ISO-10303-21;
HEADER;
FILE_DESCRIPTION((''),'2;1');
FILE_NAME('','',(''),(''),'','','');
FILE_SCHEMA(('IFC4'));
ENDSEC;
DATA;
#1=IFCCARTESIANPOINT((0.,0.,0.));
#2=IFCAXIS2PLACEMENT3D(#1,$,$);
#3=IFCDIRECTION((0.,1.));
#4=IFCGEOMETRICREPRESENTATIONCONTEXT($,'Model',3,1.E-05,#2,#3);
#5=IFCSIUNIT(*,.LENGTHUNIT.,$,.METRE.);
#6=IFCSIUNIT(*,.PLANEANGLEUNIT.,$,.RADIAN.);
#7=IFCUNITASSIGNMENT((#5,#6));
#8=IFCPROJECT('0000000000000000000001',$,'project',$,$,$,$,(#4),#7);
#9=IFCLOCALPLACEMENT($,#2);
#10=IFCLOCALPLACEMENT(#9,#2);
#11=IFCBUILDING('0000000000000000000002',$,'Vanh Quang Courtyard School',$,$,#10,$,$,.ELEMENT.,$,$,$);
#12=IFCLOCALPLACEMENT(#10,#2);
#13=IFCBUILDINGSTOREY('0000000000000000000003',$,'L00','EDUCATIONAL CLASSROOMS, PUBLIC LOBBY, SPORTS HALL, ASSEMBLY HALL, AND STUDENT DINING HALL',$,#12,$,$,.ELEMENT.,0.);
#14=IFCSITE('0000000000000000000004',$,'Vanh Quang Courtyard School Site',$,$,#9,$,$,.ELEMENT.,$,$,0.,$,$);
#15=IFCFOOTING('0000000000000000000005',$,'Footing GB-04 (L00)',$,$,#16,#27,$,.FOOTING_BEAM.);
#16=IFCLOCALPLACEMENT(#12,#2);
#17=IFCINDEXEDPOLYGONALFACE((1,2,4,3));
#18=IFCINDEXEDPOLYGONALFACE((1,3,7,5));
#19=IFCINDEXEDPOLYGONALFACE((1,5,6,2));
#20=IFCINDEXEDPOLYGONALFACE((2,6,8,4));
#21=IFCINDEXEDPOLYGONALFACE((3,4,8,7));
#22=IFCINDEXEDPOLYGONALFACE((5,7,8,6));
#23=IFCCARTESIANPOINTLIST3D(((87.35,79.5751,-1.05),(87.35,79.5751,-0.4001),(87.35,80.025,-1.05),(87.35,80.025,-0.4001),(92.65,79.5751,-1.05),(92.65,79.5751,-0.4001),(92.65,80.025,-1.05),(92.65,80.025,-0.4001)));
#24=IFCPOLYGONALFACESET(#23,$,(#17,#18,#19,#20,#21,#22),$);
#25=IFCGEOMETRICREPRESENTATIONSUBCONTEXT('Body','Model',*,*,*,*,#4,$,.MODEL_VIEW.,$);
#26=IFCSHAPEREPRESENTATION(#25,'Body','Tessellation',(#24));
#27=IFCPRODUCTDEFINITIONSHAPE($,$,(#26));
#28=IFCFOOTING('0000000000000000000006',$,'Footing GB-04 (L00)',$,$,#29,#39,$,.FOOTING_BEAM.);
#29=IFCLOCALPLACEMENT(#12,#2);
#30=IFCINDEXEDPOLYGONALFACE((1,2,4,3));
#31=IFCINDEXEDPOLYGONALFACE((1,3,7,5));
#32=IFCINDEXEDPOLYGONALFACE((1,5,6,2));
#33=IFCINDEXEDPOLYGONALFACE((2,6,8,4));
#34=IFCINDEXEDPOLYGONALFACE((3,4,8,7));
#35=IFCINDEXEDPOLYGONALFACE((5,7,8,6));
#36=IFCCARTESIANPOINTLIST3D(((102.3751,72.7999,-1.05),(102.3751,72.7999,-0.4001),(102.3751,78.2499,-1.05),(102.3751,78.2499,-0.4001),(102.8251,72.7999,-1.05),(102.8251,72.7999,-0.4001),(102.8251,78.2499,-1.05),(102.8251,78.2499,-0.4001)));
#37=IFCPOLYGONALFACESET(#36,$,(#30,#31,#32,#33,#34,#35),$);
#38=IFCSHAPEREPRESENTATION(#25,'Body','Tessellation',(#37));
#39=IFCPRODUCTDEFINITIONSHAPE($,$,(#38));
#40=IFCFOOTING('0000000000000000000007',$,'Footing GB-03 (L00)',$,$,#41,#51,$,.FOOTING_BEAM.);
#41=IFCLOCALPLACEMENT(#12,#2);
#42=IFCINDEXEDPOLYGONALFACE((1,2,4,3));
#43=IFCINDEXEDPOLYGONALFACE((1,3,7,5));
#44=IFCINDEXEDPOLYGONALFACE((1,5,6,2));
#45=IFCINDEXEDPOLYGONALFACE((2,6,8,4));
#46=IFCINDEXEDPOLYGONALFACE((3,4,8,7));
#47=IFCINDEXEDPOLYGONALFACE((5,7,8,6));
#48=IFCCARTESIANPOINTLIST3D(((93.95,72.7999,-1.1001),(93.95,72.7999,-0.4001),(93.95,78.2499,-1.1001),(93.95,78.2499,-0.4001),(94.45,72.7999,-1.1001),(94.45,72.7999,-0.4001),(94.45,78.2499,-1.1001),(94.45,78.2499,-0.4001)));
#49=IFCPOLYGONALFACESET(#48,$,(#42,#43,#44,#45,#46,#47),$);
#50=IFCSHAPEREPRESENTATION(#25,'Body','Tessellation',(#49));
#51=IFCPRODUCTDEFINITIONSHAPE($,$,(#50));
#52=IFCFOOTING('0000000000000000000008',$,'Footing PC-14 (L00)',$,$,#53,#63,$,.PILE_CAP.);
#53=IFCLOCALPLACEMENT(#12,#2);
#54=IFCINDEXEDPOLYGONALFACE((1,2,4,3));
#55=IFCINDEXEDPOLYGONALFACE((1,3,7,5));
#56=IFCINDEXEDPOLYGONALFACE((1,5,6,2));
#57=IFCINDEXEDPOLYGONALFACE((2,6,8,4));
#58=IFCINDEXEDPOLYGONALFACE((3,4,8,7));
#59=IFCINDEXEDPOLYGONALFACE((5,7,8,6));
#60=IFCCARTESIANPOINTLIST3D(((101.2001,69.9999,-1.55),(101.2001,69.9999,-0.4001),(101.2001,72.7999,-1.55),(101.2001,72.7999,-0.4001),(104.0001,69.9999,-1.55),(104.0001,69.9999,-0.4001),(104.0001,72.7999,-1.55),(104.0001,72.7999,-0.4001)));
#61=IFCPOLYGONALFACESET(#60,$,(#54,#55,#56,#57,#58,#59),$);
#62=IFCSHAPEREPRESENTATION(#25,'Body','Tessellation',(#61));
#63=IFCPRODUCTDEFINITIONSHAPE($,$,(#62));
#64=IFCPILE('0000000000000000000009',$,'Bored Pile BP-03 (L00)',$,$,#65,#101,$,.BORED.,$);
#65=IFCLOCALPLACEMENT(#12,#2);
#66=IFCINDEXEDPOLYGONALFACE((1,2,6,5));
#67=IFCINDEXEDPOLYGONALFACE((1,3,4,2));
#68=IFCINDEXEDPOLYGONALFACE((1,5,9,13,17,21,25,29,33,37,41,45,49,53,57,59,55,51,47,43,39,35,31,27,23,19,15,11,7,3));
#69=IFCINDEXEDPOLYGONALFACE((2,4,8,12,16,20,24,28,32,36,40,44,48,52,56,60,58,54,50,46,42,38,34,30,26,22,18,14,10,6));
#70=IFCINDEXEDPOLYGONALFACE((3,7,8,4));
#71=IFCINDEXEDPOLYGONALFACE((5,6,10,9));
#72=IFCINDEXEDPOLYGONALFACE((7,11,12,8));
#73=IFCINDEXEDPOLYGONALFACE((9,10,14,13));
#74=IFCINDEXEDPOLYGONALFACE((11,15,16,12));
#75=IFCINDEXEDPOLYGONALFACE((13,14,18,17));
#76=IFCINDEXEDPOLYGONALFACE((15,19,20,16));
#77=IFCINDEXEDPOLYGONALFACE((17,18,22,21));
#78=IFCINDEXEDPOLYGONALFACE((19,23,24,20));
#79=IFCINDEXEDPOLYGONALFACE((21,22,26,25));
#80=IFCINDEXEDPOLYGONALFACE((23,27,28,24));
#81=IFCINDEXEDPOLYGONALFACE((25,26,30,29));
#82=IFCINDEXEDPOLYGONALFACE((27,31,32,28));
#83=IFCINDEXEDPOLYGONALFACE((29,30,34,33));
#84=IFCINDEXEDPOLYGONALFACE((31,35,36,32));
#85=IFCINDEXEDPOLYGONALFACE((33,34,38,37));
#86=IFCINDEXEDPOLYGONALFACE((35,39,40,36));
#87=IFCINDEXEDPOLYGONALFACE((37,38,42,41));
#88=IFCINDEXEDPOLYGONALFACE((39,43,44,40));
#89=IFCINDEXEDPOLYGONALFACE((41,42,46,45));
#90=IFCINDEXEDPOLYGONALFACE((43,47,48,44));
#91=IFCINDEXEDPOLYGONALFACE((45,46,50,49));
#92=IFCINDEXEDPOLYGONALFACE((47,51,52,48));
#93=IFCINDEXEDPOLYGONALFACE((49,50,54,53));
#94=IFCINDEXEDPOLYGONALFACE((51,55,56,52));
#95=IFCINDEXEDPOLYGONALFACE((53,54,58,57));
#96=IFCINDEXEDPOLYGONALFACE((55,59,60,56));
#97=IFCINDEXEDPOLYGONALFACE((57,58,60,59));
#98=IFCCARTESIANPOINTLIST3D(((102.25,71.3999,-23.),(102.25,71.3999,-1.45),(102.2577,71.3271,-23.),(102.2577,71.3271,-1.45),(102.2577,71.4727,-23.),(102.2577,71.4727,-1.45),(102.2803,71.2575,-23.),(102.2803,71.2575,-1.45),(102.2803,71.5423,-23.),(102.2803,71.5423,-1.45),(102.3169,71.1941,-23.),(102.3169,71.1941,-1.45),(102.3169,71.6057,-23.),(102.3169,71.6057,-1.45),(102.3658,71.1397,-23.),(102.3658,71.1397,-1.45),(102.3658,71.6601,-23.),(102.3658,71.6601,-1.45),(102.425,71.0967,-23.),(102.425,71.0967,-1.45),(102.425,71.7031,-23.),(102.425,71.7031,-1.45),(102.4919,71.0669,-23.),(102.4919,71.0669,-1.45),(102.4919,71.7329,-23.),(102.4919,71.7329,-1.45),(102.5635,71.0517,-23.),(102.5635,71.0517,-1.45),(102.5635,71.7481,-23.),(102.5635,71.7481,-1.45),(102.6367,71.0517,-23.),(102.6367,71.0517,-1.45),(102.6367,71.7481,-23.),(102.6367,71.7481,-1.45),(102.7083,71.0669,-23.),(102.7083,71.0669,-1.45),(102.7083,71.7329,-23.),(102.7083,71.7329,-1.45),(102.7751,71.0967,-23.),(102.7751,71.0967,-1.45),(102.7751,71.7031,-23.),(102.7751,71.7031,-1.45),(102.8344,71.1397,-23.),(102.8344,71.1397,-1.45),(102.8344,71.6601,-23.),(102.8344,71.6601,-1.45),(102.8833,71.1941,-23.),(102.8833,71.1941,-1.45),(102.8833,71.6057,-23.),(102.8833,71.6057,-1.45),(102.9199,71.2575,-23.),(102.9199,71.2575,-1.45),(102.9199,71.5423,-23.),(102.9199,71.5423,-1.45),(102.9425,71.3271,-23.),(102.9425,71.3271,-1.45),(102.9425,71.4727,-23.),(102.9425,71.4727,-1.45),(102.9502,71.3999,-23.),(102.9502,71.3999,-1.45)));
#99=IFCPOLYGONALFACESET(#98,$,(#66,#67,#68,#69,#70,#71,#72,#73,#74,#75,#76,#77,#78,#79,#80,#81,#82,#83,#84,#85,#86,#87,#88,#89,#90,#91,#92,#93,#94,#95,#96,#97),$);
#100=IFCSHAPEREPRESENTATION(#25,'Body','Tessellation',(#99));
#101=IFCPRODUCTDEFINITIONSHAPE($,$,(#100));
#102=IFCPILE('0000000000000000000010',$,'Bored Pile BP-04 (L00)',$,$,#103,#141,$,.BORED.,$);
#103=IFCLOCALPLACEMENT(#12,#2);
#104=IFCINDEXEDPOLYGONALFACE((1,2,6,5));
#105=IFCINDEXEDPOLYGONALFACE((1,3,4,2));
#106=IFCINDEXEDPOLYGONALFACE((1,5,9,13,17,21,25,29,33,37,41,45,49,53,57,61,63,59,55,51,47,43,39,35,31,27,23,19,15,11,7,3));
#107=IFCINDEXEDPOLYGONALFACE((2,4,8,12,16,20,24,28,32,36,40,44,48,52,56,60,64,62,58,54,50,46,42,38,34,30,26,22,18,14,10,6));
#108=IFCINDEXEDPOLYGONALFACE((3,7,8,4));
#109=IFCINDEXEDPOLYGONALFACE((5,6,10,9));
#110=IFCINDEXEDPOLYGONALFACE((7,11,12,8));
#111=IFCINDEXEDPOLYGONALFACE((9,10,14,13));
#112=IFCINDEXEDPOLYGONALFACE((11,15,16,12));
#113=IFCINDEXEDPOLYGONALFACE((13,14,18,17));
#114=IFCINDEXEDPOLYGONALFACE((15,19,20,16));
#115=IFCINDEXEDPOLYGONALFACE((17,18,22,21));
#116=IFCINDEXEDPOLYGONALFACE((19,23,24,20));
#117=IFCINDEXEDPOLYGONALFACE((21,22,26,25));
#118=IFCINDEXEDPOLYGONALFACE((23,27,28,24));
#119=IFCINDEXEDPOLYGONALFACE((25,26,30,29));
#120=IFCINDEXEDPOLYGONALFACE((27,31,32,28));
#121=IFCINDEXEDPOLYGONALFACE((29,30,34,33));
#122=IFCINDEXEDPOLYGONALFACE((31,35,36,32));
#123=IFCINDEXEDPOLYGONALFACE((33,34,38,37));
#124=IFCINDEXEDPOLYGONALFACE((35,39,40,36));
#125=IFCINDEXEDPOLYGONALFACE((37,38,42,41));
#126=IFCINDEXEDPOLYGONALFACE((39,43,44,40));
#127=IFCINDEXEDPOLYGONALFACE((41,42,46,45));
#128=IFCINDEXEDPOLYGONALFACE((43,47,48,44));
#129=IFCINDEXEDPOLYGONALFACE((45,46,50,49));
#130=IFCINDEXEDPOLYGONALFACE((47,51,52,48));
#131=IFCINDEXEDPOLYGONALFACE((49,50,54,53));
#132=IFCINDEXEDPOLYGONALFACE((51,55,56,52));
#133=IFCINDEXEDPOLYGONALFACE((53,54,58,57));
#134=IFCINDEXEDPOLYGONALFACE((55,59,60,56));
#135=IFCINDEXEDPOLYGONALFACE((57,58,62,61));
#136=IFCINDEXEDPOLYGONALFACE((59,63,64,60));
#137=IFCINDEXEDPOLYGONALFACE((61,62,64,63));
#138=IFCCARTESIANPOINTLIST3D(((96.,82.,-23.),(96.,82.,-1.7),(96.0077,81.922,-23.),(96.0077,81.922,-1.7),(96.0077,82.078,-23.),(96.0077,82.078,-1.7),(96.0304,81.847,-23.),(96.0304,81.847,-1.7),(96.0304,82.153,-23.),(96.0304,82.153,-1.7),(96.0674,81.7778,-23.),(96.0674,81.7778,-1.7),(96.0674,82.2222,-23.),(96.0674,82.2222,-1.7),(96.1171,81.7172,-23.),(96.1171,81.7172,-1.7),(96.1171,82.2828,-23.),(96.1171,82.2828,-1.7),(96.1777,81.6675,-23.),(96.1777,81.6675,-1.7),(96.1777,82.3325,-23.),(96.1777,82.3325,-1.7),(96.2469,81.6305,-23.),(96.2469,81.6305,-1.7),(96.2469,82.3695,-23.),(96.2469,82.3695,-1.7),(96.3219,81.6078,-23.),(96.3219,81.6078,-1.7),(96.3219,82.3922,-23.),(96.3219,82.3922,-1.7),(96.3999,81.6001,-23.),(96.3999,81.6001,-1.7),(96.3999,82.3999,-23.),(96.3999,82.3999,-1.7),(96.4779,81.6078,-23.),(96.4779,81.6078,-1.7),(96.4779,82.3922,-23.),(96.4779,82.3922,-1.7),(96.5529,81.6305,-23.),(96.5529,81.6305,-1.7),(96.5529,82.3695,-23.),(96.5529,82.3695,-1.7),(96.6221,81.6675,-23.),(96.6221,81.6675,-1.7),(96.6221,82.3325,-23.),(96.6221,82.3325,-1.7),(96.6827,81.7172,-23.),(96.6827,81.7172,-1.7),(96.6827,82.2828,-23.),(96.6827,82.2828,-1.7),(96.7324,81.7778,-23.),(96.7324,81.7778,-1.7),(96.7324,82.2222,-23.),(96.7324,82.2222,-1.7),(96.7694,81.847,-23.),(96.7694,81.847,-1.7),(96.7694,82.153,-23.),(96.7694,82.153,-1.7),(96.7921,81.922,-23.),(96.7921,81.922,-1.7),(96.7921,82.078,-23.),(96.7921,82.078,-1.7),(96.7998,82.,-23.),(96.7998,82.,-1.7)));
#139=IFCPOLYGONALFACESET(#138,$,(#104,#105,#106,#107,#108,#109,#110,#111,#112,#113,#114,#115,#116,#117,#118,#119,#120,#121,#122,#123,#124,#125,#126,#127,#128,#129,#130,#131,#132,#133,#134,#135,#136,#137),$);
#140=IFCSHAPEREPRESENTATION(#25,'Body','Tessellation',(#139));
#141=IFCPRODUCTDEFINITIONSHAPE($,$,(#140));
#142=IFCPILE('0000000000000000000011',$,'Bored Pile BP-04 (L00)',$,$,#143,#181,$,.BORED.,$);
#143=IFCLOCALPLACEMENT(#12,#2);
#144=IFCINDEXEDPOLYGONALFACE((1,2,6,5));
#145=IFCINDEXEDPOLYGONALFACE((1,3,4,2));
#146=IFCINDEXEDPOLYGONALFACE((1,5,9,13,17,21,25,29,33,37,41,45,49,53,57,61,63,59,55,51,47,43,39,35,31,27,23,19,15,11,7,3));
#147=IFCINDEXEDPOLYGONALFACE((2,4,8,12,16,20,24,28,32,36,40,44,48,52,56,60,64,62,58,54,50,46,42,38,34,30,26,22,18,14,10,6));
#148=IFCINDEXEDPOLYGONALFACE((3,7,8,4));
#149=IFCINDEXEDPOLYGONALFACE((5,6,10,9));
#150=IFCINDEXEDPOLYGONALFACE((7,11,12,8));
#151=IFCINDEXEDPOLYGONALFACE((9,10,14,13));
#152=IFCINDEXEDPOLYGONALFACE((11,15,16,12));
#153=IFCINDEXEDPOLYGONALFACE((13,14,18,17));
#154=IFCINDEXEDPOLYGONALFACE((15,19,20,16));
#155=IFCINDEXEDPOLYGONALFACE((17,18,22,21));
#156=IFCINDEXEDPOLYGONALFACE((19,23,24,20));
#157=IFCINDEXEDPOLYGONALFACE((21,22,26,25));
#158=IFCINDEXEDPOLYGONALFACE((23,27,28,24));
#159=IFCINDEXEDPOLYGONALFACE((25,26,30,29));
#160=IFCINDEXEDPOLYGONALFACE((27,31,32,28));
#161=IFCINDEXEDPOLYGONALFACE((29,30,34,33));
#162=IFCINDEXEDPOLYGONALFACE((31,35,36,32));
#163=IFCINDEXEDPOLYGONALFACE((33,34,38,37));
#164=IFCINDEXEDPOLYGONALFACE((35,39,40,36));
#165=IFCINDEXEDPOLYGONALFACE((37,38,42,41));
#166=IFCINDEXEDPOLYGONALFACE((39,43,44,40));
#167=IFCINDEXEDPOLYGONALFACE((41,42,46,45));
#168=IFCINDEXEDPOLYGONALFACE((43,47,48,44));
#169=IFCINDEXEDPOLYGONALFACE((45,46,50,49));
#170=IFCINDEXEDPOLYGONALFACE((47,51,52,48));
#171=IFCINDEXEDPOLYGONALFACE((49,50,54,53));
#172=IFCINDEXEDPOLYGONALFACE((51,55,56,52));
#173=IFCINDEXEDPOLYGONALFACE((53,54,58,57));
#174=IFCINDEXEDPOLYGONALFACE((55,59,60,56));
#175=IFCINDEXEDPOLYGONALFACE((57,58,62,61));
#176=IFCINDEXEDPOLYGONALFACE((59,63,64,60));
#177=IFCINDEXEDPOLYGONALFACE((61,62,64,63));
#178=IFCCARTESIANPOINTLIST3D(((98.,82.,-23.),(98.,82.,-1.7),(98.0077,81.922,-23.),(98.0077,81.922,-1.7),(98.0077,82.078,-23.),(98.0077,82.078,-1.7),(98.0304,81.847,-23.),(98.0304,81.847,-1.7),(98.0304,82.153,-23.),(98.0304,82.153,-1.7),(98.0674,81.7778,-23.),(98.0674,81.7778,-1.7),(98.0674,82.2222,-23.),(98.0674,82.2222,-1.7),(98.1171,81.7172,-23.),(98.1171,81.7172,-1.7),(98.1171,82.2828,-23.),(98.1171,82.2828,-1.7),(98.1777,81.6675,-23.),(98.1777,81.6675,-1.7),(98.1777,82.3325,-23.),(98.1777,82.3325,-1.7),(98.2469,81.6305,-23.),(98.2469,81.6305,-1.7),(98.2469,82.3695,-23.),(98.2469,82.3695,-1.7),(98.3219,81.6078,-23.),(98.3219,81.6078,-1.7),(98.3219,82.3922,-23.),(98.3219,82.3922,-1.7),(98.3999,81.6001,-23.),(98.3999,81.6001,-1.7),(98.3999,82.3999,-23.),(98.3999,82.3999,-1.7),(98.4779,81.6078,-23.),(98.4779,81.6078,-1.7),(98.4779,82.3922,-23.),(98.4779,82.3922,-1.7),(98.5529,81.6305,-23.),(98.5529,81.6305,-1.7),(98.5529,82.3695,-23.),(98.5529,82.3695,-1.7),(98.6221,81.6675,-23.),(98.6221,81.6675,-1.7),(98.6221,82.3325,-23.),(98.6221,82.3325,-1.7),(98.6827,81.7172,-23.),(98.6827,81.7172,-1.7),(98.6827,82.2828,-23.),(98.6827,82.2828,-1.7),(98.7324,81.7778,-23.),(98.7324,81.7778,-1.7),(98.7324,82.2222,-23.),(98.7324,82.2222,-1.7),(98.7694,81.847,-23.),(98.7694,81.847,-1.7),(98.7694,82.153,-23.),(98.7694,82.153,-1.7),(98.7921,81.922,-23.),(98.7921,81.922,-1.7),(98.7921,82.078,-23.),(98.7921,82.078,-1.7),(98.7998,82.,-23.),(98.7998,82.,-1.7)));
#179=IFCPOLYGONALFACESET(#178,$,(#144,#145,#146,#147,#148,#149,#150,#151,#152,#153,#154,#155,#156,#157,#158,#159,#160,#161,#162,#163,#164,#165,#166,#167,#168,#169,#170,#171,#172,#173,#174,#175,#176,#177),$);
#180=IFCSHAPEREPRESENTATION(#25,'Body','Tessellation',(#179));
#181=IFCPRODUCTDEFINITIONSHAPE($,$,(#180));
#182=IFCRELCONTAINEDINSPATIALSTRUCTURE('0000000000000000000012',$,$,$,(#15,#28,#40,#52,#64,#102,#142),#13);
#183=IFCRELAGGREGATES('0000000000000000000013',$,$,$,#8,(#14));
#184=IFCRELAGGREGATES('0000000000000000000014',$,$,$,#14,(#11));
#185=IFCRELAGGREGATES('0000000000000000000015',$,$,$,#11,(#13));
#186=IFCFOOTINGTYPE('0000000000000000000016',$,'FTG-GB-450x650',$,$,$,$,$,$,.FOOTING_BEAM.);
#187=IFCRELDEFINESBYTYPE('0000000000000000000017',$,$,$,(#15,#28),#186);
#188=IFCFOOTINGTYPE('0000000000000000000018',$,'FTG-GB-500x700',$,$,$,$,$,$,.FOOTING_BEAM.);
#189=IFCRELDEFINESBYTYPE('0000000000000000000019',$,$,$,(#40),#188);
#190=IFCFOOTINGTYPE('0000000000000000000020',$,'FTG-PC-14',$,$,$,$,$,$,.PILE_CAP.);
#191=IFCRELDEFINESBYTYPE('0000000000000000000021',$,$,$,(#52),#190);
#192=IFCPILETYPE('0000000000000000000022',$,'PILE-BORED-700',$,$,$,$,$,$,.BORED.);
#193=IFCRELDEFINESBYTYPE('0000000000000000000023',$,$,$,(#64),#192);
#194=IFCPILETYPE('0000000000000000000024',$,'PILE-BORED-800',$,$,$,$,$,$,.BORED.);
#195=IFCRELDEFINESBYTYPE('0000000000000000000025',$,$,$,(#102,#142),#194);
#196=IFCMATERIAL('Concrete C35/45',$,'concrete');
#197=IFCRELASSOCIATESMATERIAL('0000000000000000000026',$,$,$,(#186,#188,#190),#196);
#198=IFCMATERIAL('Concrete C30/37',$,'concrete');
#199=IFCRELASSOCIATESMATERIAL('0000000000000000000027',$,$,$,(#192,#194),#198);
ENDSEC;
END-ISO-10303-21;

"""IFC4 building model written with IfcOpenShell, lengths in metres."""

from ifc_helpers import new_model, si_unit, direction, frame, origin, origin_2d, place, context, subcontext, project, spatial, rectangle, circle, extrude, material, material_profile, profile_set, type_object, element, save


model = new_model("IFC4")

# Units and contexts
model_context = context("Model", 3, precision=1e-05, world=origin(), true_north=direction((0.0, 1.0)))
body_context = subcontext(model_context, "Body", "Model", "MODEL_VIEW")
ifc_project = project(units=[si_unit("LENGTHUNIT", "METRE"), si_unit("PLANEANGLEUNIT", "RADIAN")], contexts=[model_context])

# Site, building, storey
site_placement = place(None, origin())
site = spatial("IfcSite", under=ifc_project, at=site_placement, Name="Vanh Quang Courtyard School Site", CompositionType="ELEMENT", RefElevation=0.0)
building_placement = place(site_placement, origin())
building = spatial("IfcBuilding", under=site, at=building_placement, Name="Vanh Quang Courtyard School", CompositionType="ELEMENT")
storey_placement = place(building_placement, origin())
storey = spatial("IfcBuildingStorey", under=building, at=storey_placement, Name="L00", Description="EDUCATIONAL CLASSROOMS, PUBLIC LOBBY, SPORTS HALL, ASSEMBLY HALL, AND STUDENT DINING HALL", CompositionType="ELEMENT", Elevation=0.0)

# Footings
ifc_material_1 = material(Name="Concrete C35/45", Category="concrete")
footing_type_1 = type_object("IfcFootingType", Name="FTG-GB-450x650", PredefinedType="FOOTING_BEAM", material=ifc_material_1)
footing_1_placement = place(storey_placement, frame((90.0, 79.8, -1.05), z_axis=(0.0, 0.0, 1.0), x_axis=(1.0, 0.0, 0.0)))
element("IfcFooting", 1, at=footing_1_placement, inside=storey, type_object=footing_type_1, Name="Footing GB-04 (L00)", PredefinedType="FOOTING_BEAM", context=body_context, shape_type="SweptSolid", body=[
    extrude(rectangle(XDim=5.3, YDim=0.45, at=origin_2d()), origin(), (0.0, 0.0, 1.0), 0.6499),
])
footing_2_placement = place(storey_placement, frame((102.6001, 75.5249, -1.05), z_axis=(0.0, 0.0, 1.0), x_axis=(0.0, 1.0, 0.0)))
element("IfcFooting", 2, at=footing_2_placement, inside=storey, type_object=footing_type_1, Name="Footing GB-04 (L00)", PredefinedType="FOOTING_BEAM", context=body_context, shape_type="SweptSolid", body=[
    extrude(rectangle(XDim=5.45, YDim=0.45, at=origin_2d()), origin(), (0.0, 0.0, 1.0), 0.6499),
])
footing_type_2 = type_object("IfcFootingType", Name="FTG-GB-500x700", PredefinedType="FOOTING_BEAM", material=ifc_material_1)
footing_3_placement = place(storey_placement, frame((94.2, 75.5249, -1.1001), z_axis=(0.0, 0.0, 1.0), x_axis=(0.0, 1.0, 0.0)))
element("IfcFooting", 3, at=footing_3_placement, inside=storey, type_object=footing_type_2, Name="Footing GB-03 (L00)", PredefinedType="FOOTING_BEAM", context=body_context, shape_type="SweptSolid", body=[
    extrude(rectangle(XDim=5.45, YDim=0.5, at=origin_2d()), origin(), (0.0, 0.0, 1.0), 0.7),
])
footing_type_3 = type_object("IfcFootingType", Name="FTG-PC-14", PredefinedType="PILE_CAP", material=ifc_material_1)
footing_4_placement = place(storey_placement, frame((102.6001, 71.3999, -1.55), z_axis=(0.0, 0.0, 1.0), x_axis=(1.0, 0.0, 0.0)))
element("IfcFooting", 4, at=footing_4_placement, inside=storey, type_object=footing_type_3, Name="Footing PC-14 (L00)", PredefinedType="PILE_CAP", context=body_context, shape_type="SweptSolid", body=[
    extrude(rectangle(XDim=2.8, YDim=2.8, at=origin_2d()), origin(), (0.0, 0.0, 1.0), 1.1499),
])

# Piles
ifc_material_2 = material(Name="Concrete C30/37", Category="concrete")
ifc_material_profile_1 = material_profile(ifc_material_2, circle(Radius=0.3501, at=origin_2d()), Name="PILE D700")
ifc_profile_set_1 = profile_set([ifc_material_profile_1], Name="Concrete C30/37")
pile_type_1 = type_object("IfcPileType", Name="PILE-BORED-700", PredefinedType="BORED", material=ifc_profile_set_1)
pile_placement = place(storey_placement, frame((102.6001, 71.3999, -1.45), z_axis=(0.0, 0.0, -1.0), x_axis=(1.0, 0.0, 0.0)))
element("IfcPile", 5, at=pile_placement, inside=storey, type_object=pile_type_1, Name="Bored Pile BP-03 (L00)", PredefinedType="BORED", context=body_context, shape_type="SweptSolid", body=[
    extrude(circle(Radius=0.3501, at=origin_2d()), origin(), (0.0, 0.0, 1.0), 21.55),
])
ifc_material_profile_2 = material_profile(ifc_material_2, circle(Radius=0.3999, at=origin_2d()), Name="PILE D800")
ifc_profile_set_2 = profile_set([ifc_material_profile_2], Name="Concrete C30/37")
pile_type_2 = type_object("IfcPileType", Name="PILE-BORED-800", PredefinedType="BORED", material=ifc_profile_set_2)
for number, where, z_axis, x_axis, name in (
    (6, (96.3999, 82.0, -1.7), (0.0, 0.0, -1.0), (1.0, 0.0, 0.0), "Bored Pile BP-04 (L00)"),
    (7, (98.3999, 82.0, -1.7), (0.0, 0.0, -1.0), (1.0, 0.0, 0.0), "Bored Pile BP-04 (L00)"),
):
    element("IfcPile", number, at=place(storey_placement, frame(where, z_axis=z_axis, x_axis=x_axis)), inside=storey, type_object=pile_type_2, Name=name, PredefinedType="BORED", context=body_context, shape_type="SweptSolid", body=[
        extrude(circle(Radius=0.3999, at=origin_2d()), origin(), (0.0, 0.0, 1.0), 21.3),
    ])

save(model, "model.ifc")
